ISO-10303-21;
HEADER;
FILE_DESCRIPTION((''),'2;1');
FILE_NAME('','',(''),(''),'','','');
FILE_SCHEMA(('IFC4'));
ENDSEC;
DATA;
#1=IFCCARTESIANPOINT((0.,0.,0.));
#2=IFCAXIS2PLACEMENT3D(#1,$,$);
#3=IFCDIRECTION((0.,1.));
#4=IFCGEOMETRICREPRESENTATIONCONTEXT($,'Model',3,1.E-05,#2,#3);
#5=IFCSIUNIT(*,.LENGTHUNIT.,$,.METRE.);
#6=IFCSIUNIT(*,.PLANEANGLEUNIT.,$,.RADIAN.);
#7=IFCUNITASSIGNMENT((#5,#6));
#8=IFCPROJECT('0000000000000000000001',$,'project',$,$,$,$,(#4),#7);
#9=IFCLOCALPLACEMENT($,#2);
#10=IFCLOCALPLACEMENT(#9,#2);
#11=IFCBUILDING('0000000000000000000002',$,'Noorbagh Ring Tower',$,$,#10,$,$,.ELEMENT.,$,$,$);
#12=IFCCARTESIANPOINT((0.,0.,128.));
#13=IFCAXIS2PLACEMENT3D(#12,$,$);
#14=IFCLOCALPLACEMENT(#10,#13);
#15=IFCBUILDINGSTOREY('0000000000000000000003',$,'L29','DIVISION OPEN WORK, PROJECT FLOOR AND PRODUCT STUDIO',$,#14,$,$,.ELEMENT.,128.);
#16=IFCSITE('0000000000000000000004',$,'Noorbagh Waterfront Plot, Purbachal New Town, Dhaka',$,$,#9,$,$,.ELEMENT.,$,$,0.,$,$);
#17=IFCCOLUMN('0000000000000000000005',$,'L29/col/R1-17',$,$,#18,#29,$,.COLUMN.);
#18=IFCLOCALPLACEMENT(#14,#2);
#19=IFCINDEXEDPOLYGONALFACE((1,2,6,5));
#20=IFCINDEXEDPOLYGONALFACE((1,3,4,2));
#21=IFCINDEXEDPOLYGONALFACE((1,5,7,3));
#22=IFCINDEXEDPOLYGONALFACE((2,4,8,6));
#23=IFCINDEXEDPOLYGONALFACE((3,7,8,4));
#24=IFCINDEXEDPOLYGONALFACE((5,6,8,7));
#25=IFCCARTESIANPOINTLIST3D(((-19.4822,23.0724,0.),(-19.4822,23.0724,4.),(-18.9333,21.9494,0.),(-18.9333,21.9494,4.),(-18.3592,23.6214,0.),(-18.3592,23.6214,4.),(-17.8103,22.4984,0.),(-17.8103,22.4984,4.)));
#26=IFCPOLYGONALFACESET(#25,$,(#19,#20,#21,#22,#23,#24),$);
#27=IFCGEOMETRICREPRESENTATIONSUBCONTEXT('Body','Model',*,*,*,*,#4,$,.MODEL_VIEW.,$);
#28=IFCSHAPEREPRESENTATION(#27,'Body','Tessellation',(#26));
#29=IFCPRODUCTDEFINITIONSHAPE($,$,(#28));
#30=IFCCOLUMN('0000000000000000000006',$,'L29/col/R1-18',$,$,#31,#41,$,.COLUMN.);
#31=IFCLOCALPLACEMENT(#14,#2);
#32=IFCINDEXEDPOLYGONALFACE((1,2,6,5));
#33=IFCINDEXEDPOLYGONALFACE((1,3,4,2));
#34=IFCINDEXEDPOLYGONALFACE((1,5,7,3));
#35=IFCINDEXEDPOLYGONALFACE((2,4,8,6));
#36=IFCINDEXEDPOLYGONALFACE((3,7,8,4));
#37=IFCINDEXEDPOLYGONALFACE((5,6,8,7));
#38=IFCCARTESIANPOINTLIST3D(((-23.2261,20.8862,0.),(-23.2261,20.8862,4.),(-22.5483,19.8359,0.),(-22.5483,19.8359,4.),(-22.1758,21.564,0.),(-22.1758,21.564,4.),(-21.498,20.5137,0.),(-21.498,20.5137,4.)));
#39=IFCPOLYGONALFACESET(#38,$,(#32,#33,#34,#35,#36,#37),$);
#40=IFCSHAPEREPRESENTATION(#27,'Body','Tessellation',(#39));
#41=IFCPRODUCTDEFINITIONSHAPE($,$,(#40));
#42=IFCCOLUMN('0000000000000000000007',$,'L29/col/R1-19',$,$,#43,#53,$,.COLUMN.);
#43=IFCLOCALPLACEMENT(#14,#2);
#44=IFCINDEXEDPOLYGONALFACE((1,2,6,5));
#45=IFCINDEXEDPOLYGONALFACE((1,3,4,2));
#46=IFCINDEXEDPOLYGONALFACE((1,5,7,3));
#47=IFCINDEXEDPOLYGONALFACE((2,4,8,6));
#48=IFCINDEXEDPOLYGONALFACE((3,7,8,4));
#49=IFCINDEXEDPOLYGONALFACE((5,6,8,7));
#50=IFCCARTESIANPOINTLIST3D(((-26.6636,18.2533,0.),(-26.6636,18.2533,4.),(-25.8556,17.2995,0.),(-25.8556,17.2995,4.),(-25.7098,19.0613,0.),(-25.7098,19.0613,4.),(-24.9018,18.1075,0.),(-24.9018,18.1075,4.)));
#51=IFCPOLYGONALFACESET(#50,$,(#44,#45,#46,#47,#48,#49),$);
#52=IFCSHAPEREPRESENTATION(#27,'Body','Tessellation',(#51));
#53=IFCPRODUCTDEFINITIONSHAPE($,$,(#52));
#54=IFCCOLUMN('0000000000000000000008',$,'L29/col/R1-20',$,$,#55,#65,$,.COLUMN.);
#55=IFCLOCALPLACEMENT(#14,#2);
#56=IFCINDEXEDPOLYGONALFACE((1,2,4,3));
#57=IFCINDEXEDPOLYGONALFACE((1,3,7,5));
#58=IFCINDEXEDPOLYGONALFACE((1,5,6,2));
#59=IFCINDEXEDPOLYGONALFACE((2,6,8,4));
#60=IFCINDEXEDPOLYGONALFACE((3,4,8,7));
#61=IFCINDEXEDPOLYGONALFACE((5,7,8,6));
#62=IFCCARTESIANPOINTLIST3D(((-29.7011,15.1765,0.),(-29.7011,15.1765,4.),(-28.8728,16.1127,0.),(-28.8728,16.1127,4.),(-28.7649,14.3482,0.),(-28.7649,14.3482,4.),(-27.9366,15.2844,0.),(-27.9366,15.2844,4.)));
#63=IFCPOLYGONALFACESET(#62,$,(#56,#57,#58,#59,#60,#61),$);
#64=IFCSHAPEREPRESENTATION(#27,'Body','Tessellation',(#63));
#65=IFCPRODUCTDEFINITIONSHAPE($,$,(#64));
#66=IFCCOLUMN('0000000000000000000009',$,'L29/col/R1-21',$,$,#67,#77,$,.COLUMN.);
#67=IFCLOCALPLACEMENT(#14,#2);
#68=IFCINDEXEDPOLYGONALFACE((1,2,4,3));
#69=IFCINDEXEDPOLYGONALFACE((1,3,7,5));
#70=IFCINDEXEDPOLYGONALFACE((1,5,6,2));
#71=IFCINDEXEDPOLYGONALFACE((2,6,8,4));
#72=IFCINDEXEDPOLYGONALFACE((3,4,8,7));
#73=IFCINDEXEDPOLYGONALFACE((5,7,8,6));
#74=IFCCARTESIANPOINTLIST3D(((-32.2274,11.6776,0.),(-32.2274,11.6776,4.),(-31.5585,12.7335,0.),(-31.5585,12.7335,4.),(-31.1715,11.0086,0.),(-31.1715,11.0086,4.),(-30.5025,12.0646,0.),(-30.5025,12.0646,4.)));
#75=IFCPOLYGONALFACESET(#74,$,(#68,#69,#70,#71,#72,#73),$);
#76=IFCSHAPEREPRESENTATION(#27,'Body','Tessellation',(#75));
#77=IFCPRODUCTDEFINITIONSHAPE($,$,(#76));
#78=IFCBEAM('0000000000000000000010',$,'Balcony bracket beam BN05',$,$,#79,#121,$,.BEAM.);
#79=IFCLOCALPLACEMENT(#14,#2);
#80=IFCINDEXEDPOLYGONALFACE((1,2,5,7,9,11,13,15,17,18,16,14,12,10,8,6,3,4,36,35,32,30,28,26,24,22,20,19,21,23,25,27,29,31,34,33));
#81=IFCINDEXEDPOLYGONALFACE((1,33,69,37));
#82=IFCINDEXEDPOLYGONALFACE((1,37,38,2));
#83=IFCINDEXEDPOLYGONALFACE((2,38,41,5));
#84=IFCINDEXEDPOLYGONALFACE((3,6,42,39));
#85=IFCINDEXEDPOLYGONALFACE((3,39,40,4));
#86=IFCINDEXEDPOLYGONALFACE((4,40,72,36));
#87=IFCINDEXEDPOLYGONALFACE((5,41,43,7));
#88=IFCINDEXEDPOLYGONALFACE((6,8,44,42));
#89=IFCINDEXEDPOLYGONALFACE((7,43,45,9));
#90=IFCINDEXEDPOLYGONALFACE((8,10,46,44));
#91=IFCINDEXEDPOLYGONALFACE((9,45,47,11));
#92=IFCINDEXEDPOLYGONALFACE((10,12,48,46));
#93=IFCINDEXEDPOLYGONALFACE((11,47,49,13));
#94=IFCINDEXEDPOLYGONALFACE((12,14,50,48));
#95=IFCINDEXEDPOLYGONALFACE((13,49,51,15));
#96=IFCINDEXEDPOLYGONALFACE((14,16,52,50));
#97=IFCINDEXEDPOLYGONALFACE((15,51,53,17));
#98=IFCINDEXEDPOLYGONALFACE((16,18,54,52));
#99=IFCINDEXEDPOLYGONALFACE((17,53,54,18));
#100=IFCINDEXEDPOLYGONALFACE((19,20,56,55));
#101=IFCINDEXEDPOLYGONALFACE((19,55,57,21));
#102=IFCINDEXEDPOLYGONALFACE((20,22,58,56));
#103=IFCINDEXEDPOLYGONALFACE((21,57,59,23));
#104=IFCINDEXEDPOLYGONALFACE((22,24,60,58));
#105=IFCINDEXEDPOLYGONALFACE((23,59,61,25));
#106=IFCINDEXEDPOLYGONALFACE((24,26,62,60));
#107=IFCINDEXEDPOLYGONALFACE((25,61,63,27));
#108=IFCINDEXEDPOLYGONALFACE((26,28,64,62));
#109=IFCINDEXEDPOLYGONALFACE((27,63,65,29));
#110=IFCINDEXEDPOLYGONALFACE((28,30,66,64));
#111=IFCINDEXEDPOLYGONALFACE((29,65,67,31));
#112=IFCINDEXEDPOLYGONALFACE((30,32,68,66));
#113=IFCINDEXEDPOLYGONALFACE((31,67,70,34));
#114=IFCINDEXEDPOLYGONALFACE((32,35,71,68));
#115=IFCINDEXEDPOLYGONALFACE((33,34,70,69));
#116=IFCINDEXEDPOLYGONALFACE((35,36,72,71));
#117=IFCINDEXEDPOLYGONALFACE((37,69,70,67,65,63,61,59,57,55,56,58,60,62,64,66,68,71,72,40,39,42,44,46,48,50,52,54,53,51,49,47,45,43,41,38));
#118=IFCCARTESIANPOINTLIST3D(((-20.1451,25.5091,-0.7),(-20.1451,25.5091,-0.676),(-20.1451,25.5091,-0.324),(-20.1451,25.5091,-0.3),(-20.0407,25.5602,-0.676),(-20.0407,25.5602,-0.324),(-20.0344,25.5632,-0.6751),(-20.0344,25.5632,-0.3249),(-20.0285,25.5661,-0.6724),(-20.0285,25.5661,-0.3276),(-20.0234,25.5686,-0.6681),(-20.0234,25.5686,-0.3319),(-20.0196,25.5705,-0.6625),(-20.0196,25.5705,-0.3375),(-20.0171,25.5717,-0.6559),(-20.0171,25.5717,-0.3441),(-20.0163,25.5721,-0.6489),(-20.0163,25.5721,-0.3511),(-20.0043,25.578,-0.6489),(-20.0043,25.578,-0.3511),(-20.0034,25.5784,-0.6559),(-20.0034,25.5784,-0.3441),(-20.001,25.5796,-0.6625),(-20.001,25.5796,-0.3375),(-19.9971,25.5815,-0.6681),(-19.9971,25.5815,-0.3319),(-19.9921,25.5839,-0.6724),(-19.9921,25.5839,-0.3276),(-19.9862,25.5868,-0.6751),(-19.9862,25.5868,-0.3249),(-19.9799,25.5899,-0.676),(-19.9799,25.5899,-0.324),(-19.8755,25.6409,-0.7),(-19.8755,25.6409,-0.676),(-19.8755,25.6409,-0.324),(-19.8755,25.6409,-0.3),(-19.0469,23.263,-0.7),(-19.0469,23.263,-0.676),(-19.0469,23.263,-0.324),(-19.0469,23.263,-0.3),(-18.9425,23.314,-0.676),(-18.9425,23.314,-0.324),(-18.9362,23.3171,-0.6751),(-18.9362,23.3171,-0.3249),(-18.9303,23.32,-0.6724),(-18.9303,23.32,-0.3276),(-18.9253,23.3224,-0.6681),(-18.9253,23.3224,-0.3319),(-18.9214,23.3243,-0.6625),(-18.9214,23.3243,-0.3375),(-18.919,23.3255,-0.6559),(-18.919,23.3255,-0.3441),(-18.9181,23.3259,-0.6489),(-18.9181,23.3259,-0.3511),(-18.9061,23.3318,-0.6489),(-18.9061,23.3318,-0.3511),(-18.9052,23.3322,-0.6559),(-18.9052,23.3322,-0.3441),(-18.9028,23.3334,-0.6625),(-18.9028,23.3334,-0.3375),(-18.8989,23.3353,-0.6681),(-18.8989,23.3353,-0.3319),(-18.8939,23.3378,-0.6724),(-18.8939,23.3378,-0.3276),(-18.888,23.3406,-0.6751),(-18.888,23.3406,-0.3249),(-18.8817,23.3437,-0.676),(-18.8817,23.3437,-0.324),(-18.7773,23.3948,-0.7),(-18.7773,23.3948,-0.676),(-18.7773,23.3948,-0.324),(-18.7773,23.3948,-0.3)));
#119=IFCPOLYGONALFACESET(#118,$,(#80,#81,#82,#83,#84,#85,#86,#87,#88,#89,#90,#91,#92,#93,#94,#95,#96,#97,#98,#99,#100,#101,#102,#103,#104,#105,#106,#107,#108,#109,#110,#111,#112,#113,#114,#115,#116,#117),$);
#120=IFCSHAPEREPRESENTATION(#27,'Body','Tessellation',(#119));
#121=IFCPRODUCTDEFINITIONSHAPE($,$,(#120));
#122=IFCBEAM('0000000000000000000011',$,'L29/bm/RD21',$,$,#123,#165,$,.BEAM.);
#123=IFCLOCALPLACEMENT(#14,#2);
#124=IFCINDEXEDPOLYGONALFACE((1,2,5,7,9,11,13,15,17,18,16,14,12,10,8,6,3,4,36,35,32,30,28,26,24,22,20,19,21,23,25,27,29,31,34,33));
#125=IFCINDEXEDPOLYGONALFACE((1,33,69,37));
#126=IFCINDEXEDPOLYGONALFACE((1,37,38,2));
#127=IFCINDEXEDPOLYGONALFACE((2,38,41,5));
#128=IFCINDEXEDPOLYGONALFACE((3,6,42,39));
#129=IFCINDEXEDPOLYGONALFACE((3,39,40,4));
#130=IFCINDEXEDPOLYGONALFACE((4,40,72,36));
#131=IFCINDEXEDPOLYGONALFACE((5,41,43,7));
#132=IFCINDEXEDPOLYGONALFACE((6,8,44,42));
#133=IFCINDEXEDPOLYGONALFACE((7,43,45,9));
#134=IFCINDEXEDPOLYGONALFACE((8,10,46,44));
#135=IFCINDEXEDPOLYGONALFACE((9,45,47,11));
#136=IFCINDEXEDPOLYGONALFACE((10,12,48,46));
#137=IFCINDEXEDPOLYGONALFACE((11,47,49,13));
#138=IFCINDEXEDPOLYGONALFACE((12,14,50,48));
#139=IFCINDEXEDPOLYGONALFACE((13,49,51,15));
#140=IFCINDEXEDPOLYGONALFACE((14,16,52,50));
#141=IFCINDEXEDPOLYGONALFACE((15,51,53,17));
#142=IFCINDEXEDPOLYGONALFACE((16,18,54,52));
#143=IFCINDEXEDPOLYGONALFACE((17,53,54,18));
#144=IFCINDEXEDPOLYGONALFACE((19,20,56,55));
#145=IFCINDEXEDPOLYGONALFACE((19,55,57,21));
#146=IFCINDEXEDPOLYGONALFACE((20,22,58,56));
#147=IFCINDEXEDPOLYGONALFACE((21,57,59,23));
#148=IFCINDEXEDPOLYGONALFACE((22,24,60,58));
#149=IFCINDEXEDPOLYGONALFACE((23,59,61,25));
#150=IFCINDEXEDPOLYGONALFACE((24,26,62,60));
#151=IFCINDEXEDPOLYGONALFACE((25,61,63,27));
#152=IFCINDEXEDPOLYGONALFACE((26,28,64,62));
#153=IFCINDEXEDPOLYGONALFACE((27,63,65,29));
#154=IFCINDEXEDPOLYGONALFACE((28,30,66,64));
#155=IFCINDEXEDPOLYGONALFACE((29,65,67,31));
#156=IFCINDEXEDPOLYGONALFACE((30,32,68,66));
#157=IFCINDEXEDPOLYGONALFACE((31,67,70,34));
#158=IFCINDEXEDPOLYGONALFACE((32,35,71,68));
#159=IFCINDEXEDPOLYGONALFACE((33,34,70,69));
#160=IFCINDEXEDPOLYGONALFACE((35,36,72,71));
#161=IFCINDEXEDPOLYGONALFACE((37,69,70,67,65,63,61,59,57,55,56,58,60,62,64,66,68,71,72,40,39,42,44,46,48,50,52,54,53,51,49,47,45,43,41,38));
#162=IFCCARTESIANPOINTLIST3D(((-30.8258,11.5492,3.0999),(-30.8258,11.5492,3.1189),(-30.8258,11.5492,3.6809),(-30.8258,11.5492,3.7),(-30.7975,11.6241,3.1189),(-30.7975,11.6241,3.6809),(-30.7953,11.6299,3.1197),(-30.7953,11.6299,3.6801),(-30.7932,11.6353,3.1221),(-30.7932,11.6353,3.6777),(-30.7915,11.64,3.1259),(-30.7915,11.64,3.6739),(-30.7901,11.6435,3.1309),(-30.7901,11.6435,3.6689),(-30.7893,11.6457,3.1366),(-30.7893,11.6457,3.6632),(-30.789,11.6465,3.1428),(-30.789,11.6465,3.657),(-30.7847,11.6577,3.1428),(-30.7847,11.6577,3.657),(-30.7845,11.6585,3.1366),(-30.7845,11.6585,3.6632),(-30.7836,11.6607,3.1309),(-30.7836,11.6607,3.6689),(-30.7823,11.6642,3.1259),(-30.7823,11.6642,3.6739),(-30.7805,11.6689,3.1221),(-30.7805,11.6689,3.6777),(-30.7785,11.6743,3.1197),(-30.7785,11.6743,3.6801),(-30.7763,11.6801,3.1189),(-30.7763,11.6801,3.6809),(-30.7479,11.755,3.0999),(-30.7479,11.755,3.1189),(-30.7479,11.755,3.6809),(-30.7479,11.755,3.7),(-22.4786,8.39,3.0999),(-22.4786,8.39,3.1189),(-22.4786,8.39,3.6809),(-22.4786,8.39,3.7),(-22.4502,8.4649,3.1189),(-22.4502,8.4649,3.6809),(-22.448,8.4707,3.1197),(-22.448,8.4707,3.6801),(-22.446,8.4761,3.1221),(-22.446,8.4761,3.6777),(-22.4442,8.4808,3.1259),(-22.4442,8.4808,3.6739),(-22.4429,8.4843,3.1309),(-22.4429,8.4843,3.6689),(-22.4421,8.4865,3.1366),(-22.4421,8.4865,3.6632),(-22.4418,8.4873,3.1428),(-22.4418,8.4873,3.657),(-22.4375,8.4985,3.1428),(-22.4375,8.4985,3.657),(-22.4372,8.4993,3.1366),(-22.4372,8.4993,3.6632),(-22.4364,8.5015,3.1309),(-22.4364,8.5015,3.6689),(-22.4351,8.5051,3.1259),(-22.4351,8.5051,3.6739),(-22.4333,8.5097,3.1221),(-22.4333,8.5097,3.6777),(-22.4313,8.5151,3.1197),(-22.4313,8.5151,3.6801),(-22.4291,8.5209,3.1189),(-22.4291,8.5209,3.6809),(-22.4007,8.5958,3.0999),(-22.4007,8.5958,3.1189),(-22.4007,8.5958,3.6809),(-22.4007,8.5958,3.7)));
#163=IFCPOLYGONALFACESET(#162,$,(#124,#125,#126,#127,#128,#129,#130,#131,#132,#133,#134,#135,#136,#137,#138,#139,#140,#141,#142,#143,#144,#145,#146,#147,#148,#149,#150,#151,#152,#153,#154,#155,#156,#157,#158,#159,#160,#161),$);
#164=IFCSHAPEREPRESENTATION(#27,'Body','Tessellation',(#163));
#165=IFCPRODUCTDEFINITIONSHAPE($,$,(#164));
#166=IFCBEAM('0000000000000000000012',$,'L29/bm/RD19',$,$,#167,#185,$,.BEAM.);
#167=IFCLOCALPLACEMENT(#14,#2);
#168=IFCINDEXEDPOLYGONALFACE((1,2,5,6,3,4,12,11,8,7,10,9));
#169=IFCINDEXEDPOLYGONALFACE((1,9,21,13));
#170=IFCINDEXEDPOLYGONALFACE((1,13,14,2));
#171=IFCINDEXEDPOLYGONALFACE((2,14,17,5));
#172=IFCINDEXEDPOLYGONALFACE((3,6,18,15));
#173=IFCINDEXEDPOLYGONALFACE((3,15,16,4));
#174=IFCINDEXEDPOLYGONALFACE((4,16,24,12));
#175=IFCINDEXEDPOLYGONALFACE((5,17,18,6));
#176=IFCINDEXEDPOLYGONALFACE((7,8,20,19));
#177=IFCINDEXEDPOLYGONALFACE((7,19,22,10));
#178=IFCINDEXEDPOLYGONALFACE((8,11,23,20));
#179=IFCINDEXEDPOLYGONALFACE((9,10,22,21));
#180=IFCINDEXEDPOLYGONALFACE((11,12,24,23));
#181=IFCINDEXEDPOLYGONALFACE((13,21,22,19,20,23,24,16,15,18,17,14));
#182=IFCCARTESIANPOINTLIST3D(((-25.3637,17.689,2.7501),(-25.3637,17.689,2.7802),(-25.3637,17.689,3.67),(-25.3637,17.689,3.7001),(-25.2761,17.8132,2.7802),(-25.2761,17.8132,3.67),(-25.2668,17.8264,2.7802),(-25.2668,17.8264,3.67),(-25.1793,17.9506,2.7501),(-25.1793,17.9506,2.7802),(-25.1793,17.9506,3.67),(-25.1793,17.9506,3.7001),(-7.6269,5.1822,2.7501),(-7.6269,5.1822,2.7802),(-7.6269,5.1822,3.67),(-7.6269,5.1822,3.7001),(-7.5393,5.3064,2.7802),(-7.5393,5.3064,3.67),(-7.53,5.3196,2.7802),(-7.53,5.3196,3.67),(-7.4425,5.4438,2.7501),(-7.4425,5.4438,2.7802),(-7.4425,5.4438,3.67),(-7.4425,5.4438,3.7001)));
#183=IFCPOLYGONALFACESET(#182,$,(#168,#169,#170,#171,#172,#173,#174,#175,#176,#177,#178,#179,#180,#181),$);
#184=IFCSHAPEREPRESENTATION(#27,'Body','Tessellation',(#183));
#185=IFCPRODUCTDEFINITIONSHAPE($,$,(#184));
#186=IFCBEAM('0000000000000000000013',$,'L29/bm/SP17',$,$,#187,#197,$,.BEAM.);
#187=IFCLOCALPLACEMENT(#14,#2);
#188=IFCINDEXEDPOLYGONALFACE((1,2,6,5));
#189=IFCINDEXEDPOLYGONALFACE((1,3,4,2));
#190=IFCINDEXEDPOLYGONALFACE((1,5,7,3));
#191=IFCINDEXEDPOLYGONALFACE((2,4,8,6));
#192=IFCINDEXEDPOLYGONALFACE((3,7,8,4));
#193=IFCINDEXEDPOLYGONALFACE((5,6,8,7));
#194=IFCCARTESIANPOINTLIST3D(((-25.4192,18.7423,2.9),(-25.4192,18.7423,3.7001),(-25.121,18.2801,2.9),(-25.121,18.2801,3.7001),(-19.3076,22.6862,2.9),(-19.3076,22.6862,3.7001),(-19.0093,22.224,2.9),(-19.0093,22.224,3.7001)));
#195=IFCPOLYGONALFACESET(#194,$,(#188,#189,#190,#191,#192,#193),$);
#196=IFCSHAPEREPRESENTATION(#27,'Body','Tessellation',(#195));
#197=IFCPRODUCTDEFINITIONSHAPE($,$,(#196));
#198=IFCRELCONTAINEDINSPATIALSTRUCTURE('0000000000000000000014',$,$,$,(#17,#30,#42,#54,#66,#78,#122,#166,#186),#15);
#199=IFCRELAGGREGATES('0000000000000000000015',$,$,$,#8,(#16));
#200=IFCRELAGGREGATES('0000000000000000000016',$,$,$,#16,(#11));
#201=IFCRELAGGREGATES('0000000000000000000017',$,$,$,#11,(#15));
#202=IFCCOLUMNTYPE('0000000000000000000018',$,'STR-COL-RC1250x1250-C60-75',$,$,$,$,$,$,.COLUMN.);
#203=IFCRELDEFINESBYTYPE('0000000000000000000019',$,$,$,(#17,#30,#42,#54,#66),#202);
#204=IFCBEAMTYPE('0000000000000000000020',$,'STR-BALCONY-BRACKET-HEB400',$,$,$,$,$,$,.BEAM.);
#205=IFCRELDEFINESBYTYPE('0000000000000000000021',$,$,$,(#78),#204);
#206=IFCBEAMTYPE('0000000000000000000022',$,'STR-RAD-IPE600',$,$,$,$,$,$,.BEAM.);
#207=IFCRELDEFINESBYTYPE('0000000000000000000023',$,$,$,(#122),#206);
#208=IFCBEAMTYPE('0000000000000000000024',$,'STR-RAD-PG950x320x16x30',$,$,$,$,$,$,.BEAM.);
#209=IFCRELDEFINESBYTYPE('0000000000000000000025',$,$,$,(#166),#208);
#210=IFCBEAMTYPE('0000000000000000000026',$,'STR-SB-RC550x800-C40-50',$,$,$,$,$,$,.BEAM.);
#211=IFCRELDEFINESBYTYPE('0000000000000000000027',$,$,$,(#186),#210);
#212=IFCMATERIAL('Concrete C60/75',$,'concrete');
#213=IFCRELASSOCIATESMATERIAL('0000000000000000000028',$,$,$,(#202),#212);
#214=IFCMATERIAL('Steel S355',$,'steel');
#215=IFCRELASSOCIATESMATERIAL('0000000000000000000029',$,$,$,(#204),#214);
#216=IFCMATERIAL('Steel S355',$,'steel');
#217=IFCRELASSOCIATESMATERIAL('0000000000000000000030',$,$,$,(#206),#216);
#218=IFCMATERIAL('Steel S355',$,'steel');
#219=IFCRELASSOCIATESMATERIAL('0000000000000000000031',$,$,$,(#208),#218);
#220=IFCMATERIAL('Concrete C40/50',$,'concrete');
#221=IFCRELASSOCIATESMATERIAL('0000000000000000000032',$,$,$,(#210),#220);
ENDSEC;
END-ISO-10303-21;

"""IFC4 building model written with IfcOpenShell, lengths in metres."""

from ifc_helpers import new_model, si_unit, direction, frame, origin, origin_2d, place, context, subcontext, project, spatial, rectangle, i_section, extrude, material, material_profile, profile_set, type_object, element, save


model = new_model("IFC4")

# Units and contexts
model_context = context("Model", 3, precision=1e-05, world=origin(), true_north=direction((0.0, 1.0)))
body_context = subcontext(model_context, "Body", "Model", "MODEL_VIEW")
ifc_project = project(units=[si_unit("LENGTHUNIT", "METRE"), si_unit("PLANEANGLEUNIT", "RADIAN")], contexts=[model_context])

# Site, building, storey
site_placement = place(None, origin())
site = spatial("IfcSite", under=ifc_project, at=site_placement, Name="Noorbagh Waterfront Plot, Purbachal New Town, Dhaka", CompositionType="ELEMENT", RefElevation=0.0)
building_placement = place(site_placement, origin())
building = spatial("IfcBuilding", under=site, at=building_placement, Name="Noorbagh Ring Tower", CompositionType="ELEMENT")
storey_placement = place(building_placement, frame((0.0, 0.0, 128.0)))
storey = spatial("IfcBuildingStorey", under=building, at=storey_placement, Name="L29", Description="DIVISION OPEN WORK, PROJECT FLOOR AND PRODUCT STUDIO", CompositionType="ELEMENT", Elevation=128.0)

# Columns
ifc_material_1 = material(Name="Concrete C60/75", Category="concrete")
ifc_material_profile_1 = material_profile(ifc_material_1, rectangle(XDim=1.25, YDim=1.25, at=origin_2d()), Name="RC1250x1250")
ifc_profile_set_1 = profile_set([ifc_material_profile_1], Name="Concrete C60/75")
column_type = type_object("IfcColumnType", Name="STR-COL-RC1250x1250-C60-75", PredefinedType="COLUMN", material=ifc_profile_set_1)
for number, where, z_axis, x_axis, name in (
    (1, (-18.6462, 22.7854, 0.0), (0.0, 0.0, 1.0), (-0.898399, -0.43918, 0.0), "L29/col/R1-17"),
    (2, (-22.3621, 20.7, 0.0), (0.0, 0.0, 1.0), (-0.840248, -0.542203, 0.0), "L29/col/R1-18"),
    (3, (-25.7827, 18.1804, 0.0), (0.0, 0.0, 1.0), (-0.763035, -0.646357, 0.0), "L29/col/R1-19"),
    (4, (-28.8188, 15.2305, 0.0), (0.0, 0.0, 1.0), (-0.662636, -0.748942, 0.0), "L29/col/R1-20"),
    (5, (-31.365, 11.8711, 0.0), (0.0, 0.0, 1.0), (-0.53519, -0.844731, 0.0), "L29/col/R1-21"),
):
    element("IfcColumn", number, at=place(storey_placement, frame(where, z_axis=z_axis, x_axis=x_axis)), inside=storey, type_object=column_type, Name=name, PredefinedType="COLUMN", context=body_context, shape_type="SweptSolid", body=[
        extrude(rectangle(XDim=1.25, YDim=1.25, at=origin_2d()), origin(), (0.0, 0.0, 1.0), 4.0),
    ])

# Beams
ifc_material_2 = material(Name="Steel S355", Category="steel")
ifc_material_profile_2 = material_profile(ifc_material_2, i_section(OverallWidth=0.3, OverallDepth=0.3999, WebThickness=0.0134, FlangeThickness=0.0239, FilletRadius=0.0271, at=origin_2d()), Name="HEB400")
ifc_profile_set_2 = profile_set([ifc_material_profile_2], Name="Steel S355")
beam_type_1 = type_object("IfcBeamType", Name="STR-BALCONY-BRACKET-HEB400", PredefinedType="BEAM", material=ifc_profile_set_2)
beam_1_placement = place(storey_placement, frame((-18.9121, 23.3289, -0.5), z_axis=(-0.439228, 0.898376, 0.0), x_axis=(-0.898376, -0.439228, 0.0)))
element("IfcBeam", 6, at=beam_1_placement, inside=storey, type_object=beam_type_1, Name="Balcony bracket beam BN05", PredefinedType="BEAM", context=body_context, shape_type="SweptSolid", body=[
    extrude(i_section(OverallWidth=0.3, OverallDepth=0.3999, WebThickness=0.0134, FlangeThickness=0.0239, FilletRadius=0.0271, at=origin_2d()), origin(), (0.0, 0.0, 1.0), 2.5002),
])
ifc_material_3 = material(Name="Steel S355", Category="steel")
ifc_material_profile_3 = material_profile(ifc_material_3, i_section(OverallWidth=0.22, OverallDepth=0.6001, WebThickness=0.012, FlangeThickness=0.019, FilletRadius=0.0239, at=origin_2d()), Name="IPE600")
ifc_profile_set_3 = profile_set([ifc_material_profile_3], Name="Steel S355")
beam_type_2 = type_object("IfcBeamType", Name="STR-RAD-IPE600", PredefinedType="BEAM", material=ifc_profile_set_3)
beam_2_placement = place(storey_placement, frame((-30.7869, 11.6521, 3.3999), z_axis=(0.935257, -0.35397, 0.0), x_axis=(0.35397, 0.935257, 0.0)))
element("IfcBeam", 7, at=beam_2_placement, inside=storey, type_object=beam_type_2, Name="L29/bm/RD21", PredefinedType="BEAM", context=body_context, shape_type="SweptSolid", body=[
    extrude(i_section(OverallWidth=0.22, OverallDepth=0.6001, WebThickness=0.012, FlangeThickness=0.019, FilletRadius=0.0239, at=origin_2d()), origin(), (0.0, 0.0, 1.0), 8.925),
])
ifc_material_4 = material(Name="Steel S355", Category="steel")
ifc_material_profile_4 = material_profile(ifc_material_4, i_section(OverallWidth=0.3201, OverallDepth=0.95, WebThickness=0.0161, FlangeThickness=0.03, at=origin_2d()), Name="PG950x320x16x30")
ifc_profile_set_4 = profile_set([ifc_material_profile_4], Name="Steel S355")
beam_type_3 = type_object("IfcBeamType", Name="STR-RAD-PG950x320x16x30", PredefinedType="BEAM", material=ifc_profile_set_4)
beam_3_placement = place(storey_placement, frame((-25.2715, 17.8198, 3.2251), z_axis=(0.817256, -0.576275, 0.0), x_axis=(0.576275, 0.817256, 0.0)))
element("IfcBeam", 8, at=beam_3_placement, inside=storey, type_object=beam_type_3, Name="L29/bm/RD19", PredefinedType="BEAM", context=body_context, shape_type="SweptSolid", body=[
    extrude(i_section(OverallWidth=0.3201, OverallDepth=0.95, WebThickness=0.0161, FlangeThickness=0.03, at=origin_2d()), origin(), (0.0, 0.0, 1.0), 21.7029),
])
ifc_material_5 = material(Name="Concrete C40/50", Category="concrete")
ifc_material_profile_5 = material_profile(ifc_material_5, rectangle(XDim=0.55, YDim=0.8, at=origin_2d()), Name="RC550x800")
ifc_profile_set_5 = profile_set([ifc_material_profile_5], Name="Concrete C40/50")
beam_type_4 = type_object("IfcBeamType", Name="STR-SB-RC550x800-C40-50", PredefinedType="BEAM", material=ifc_profile_set_5)
beam_4_placement = place(storey_placement, frame((-19.1584, 22.4551, 3.3), z_axis=(-0.84024, -0.542214, 0.0), x_axis=(0.542214, -0.84024, 0.0)))
element("IfcBeam", 9, at=beam_4_placement, inside=storey, type_object=beam_type_4, Name="L29/bm/SP17", PredefinedType="BEAM", context=body_context, shape_type="SweptSolid", body=[
    extrude(rectangle(XDim=0.55, YDim=0.8, at=origin_2d()), origin(), (0.0, 0.0, 1.0), 7.2737),
])

save(model, "model.ifc")
